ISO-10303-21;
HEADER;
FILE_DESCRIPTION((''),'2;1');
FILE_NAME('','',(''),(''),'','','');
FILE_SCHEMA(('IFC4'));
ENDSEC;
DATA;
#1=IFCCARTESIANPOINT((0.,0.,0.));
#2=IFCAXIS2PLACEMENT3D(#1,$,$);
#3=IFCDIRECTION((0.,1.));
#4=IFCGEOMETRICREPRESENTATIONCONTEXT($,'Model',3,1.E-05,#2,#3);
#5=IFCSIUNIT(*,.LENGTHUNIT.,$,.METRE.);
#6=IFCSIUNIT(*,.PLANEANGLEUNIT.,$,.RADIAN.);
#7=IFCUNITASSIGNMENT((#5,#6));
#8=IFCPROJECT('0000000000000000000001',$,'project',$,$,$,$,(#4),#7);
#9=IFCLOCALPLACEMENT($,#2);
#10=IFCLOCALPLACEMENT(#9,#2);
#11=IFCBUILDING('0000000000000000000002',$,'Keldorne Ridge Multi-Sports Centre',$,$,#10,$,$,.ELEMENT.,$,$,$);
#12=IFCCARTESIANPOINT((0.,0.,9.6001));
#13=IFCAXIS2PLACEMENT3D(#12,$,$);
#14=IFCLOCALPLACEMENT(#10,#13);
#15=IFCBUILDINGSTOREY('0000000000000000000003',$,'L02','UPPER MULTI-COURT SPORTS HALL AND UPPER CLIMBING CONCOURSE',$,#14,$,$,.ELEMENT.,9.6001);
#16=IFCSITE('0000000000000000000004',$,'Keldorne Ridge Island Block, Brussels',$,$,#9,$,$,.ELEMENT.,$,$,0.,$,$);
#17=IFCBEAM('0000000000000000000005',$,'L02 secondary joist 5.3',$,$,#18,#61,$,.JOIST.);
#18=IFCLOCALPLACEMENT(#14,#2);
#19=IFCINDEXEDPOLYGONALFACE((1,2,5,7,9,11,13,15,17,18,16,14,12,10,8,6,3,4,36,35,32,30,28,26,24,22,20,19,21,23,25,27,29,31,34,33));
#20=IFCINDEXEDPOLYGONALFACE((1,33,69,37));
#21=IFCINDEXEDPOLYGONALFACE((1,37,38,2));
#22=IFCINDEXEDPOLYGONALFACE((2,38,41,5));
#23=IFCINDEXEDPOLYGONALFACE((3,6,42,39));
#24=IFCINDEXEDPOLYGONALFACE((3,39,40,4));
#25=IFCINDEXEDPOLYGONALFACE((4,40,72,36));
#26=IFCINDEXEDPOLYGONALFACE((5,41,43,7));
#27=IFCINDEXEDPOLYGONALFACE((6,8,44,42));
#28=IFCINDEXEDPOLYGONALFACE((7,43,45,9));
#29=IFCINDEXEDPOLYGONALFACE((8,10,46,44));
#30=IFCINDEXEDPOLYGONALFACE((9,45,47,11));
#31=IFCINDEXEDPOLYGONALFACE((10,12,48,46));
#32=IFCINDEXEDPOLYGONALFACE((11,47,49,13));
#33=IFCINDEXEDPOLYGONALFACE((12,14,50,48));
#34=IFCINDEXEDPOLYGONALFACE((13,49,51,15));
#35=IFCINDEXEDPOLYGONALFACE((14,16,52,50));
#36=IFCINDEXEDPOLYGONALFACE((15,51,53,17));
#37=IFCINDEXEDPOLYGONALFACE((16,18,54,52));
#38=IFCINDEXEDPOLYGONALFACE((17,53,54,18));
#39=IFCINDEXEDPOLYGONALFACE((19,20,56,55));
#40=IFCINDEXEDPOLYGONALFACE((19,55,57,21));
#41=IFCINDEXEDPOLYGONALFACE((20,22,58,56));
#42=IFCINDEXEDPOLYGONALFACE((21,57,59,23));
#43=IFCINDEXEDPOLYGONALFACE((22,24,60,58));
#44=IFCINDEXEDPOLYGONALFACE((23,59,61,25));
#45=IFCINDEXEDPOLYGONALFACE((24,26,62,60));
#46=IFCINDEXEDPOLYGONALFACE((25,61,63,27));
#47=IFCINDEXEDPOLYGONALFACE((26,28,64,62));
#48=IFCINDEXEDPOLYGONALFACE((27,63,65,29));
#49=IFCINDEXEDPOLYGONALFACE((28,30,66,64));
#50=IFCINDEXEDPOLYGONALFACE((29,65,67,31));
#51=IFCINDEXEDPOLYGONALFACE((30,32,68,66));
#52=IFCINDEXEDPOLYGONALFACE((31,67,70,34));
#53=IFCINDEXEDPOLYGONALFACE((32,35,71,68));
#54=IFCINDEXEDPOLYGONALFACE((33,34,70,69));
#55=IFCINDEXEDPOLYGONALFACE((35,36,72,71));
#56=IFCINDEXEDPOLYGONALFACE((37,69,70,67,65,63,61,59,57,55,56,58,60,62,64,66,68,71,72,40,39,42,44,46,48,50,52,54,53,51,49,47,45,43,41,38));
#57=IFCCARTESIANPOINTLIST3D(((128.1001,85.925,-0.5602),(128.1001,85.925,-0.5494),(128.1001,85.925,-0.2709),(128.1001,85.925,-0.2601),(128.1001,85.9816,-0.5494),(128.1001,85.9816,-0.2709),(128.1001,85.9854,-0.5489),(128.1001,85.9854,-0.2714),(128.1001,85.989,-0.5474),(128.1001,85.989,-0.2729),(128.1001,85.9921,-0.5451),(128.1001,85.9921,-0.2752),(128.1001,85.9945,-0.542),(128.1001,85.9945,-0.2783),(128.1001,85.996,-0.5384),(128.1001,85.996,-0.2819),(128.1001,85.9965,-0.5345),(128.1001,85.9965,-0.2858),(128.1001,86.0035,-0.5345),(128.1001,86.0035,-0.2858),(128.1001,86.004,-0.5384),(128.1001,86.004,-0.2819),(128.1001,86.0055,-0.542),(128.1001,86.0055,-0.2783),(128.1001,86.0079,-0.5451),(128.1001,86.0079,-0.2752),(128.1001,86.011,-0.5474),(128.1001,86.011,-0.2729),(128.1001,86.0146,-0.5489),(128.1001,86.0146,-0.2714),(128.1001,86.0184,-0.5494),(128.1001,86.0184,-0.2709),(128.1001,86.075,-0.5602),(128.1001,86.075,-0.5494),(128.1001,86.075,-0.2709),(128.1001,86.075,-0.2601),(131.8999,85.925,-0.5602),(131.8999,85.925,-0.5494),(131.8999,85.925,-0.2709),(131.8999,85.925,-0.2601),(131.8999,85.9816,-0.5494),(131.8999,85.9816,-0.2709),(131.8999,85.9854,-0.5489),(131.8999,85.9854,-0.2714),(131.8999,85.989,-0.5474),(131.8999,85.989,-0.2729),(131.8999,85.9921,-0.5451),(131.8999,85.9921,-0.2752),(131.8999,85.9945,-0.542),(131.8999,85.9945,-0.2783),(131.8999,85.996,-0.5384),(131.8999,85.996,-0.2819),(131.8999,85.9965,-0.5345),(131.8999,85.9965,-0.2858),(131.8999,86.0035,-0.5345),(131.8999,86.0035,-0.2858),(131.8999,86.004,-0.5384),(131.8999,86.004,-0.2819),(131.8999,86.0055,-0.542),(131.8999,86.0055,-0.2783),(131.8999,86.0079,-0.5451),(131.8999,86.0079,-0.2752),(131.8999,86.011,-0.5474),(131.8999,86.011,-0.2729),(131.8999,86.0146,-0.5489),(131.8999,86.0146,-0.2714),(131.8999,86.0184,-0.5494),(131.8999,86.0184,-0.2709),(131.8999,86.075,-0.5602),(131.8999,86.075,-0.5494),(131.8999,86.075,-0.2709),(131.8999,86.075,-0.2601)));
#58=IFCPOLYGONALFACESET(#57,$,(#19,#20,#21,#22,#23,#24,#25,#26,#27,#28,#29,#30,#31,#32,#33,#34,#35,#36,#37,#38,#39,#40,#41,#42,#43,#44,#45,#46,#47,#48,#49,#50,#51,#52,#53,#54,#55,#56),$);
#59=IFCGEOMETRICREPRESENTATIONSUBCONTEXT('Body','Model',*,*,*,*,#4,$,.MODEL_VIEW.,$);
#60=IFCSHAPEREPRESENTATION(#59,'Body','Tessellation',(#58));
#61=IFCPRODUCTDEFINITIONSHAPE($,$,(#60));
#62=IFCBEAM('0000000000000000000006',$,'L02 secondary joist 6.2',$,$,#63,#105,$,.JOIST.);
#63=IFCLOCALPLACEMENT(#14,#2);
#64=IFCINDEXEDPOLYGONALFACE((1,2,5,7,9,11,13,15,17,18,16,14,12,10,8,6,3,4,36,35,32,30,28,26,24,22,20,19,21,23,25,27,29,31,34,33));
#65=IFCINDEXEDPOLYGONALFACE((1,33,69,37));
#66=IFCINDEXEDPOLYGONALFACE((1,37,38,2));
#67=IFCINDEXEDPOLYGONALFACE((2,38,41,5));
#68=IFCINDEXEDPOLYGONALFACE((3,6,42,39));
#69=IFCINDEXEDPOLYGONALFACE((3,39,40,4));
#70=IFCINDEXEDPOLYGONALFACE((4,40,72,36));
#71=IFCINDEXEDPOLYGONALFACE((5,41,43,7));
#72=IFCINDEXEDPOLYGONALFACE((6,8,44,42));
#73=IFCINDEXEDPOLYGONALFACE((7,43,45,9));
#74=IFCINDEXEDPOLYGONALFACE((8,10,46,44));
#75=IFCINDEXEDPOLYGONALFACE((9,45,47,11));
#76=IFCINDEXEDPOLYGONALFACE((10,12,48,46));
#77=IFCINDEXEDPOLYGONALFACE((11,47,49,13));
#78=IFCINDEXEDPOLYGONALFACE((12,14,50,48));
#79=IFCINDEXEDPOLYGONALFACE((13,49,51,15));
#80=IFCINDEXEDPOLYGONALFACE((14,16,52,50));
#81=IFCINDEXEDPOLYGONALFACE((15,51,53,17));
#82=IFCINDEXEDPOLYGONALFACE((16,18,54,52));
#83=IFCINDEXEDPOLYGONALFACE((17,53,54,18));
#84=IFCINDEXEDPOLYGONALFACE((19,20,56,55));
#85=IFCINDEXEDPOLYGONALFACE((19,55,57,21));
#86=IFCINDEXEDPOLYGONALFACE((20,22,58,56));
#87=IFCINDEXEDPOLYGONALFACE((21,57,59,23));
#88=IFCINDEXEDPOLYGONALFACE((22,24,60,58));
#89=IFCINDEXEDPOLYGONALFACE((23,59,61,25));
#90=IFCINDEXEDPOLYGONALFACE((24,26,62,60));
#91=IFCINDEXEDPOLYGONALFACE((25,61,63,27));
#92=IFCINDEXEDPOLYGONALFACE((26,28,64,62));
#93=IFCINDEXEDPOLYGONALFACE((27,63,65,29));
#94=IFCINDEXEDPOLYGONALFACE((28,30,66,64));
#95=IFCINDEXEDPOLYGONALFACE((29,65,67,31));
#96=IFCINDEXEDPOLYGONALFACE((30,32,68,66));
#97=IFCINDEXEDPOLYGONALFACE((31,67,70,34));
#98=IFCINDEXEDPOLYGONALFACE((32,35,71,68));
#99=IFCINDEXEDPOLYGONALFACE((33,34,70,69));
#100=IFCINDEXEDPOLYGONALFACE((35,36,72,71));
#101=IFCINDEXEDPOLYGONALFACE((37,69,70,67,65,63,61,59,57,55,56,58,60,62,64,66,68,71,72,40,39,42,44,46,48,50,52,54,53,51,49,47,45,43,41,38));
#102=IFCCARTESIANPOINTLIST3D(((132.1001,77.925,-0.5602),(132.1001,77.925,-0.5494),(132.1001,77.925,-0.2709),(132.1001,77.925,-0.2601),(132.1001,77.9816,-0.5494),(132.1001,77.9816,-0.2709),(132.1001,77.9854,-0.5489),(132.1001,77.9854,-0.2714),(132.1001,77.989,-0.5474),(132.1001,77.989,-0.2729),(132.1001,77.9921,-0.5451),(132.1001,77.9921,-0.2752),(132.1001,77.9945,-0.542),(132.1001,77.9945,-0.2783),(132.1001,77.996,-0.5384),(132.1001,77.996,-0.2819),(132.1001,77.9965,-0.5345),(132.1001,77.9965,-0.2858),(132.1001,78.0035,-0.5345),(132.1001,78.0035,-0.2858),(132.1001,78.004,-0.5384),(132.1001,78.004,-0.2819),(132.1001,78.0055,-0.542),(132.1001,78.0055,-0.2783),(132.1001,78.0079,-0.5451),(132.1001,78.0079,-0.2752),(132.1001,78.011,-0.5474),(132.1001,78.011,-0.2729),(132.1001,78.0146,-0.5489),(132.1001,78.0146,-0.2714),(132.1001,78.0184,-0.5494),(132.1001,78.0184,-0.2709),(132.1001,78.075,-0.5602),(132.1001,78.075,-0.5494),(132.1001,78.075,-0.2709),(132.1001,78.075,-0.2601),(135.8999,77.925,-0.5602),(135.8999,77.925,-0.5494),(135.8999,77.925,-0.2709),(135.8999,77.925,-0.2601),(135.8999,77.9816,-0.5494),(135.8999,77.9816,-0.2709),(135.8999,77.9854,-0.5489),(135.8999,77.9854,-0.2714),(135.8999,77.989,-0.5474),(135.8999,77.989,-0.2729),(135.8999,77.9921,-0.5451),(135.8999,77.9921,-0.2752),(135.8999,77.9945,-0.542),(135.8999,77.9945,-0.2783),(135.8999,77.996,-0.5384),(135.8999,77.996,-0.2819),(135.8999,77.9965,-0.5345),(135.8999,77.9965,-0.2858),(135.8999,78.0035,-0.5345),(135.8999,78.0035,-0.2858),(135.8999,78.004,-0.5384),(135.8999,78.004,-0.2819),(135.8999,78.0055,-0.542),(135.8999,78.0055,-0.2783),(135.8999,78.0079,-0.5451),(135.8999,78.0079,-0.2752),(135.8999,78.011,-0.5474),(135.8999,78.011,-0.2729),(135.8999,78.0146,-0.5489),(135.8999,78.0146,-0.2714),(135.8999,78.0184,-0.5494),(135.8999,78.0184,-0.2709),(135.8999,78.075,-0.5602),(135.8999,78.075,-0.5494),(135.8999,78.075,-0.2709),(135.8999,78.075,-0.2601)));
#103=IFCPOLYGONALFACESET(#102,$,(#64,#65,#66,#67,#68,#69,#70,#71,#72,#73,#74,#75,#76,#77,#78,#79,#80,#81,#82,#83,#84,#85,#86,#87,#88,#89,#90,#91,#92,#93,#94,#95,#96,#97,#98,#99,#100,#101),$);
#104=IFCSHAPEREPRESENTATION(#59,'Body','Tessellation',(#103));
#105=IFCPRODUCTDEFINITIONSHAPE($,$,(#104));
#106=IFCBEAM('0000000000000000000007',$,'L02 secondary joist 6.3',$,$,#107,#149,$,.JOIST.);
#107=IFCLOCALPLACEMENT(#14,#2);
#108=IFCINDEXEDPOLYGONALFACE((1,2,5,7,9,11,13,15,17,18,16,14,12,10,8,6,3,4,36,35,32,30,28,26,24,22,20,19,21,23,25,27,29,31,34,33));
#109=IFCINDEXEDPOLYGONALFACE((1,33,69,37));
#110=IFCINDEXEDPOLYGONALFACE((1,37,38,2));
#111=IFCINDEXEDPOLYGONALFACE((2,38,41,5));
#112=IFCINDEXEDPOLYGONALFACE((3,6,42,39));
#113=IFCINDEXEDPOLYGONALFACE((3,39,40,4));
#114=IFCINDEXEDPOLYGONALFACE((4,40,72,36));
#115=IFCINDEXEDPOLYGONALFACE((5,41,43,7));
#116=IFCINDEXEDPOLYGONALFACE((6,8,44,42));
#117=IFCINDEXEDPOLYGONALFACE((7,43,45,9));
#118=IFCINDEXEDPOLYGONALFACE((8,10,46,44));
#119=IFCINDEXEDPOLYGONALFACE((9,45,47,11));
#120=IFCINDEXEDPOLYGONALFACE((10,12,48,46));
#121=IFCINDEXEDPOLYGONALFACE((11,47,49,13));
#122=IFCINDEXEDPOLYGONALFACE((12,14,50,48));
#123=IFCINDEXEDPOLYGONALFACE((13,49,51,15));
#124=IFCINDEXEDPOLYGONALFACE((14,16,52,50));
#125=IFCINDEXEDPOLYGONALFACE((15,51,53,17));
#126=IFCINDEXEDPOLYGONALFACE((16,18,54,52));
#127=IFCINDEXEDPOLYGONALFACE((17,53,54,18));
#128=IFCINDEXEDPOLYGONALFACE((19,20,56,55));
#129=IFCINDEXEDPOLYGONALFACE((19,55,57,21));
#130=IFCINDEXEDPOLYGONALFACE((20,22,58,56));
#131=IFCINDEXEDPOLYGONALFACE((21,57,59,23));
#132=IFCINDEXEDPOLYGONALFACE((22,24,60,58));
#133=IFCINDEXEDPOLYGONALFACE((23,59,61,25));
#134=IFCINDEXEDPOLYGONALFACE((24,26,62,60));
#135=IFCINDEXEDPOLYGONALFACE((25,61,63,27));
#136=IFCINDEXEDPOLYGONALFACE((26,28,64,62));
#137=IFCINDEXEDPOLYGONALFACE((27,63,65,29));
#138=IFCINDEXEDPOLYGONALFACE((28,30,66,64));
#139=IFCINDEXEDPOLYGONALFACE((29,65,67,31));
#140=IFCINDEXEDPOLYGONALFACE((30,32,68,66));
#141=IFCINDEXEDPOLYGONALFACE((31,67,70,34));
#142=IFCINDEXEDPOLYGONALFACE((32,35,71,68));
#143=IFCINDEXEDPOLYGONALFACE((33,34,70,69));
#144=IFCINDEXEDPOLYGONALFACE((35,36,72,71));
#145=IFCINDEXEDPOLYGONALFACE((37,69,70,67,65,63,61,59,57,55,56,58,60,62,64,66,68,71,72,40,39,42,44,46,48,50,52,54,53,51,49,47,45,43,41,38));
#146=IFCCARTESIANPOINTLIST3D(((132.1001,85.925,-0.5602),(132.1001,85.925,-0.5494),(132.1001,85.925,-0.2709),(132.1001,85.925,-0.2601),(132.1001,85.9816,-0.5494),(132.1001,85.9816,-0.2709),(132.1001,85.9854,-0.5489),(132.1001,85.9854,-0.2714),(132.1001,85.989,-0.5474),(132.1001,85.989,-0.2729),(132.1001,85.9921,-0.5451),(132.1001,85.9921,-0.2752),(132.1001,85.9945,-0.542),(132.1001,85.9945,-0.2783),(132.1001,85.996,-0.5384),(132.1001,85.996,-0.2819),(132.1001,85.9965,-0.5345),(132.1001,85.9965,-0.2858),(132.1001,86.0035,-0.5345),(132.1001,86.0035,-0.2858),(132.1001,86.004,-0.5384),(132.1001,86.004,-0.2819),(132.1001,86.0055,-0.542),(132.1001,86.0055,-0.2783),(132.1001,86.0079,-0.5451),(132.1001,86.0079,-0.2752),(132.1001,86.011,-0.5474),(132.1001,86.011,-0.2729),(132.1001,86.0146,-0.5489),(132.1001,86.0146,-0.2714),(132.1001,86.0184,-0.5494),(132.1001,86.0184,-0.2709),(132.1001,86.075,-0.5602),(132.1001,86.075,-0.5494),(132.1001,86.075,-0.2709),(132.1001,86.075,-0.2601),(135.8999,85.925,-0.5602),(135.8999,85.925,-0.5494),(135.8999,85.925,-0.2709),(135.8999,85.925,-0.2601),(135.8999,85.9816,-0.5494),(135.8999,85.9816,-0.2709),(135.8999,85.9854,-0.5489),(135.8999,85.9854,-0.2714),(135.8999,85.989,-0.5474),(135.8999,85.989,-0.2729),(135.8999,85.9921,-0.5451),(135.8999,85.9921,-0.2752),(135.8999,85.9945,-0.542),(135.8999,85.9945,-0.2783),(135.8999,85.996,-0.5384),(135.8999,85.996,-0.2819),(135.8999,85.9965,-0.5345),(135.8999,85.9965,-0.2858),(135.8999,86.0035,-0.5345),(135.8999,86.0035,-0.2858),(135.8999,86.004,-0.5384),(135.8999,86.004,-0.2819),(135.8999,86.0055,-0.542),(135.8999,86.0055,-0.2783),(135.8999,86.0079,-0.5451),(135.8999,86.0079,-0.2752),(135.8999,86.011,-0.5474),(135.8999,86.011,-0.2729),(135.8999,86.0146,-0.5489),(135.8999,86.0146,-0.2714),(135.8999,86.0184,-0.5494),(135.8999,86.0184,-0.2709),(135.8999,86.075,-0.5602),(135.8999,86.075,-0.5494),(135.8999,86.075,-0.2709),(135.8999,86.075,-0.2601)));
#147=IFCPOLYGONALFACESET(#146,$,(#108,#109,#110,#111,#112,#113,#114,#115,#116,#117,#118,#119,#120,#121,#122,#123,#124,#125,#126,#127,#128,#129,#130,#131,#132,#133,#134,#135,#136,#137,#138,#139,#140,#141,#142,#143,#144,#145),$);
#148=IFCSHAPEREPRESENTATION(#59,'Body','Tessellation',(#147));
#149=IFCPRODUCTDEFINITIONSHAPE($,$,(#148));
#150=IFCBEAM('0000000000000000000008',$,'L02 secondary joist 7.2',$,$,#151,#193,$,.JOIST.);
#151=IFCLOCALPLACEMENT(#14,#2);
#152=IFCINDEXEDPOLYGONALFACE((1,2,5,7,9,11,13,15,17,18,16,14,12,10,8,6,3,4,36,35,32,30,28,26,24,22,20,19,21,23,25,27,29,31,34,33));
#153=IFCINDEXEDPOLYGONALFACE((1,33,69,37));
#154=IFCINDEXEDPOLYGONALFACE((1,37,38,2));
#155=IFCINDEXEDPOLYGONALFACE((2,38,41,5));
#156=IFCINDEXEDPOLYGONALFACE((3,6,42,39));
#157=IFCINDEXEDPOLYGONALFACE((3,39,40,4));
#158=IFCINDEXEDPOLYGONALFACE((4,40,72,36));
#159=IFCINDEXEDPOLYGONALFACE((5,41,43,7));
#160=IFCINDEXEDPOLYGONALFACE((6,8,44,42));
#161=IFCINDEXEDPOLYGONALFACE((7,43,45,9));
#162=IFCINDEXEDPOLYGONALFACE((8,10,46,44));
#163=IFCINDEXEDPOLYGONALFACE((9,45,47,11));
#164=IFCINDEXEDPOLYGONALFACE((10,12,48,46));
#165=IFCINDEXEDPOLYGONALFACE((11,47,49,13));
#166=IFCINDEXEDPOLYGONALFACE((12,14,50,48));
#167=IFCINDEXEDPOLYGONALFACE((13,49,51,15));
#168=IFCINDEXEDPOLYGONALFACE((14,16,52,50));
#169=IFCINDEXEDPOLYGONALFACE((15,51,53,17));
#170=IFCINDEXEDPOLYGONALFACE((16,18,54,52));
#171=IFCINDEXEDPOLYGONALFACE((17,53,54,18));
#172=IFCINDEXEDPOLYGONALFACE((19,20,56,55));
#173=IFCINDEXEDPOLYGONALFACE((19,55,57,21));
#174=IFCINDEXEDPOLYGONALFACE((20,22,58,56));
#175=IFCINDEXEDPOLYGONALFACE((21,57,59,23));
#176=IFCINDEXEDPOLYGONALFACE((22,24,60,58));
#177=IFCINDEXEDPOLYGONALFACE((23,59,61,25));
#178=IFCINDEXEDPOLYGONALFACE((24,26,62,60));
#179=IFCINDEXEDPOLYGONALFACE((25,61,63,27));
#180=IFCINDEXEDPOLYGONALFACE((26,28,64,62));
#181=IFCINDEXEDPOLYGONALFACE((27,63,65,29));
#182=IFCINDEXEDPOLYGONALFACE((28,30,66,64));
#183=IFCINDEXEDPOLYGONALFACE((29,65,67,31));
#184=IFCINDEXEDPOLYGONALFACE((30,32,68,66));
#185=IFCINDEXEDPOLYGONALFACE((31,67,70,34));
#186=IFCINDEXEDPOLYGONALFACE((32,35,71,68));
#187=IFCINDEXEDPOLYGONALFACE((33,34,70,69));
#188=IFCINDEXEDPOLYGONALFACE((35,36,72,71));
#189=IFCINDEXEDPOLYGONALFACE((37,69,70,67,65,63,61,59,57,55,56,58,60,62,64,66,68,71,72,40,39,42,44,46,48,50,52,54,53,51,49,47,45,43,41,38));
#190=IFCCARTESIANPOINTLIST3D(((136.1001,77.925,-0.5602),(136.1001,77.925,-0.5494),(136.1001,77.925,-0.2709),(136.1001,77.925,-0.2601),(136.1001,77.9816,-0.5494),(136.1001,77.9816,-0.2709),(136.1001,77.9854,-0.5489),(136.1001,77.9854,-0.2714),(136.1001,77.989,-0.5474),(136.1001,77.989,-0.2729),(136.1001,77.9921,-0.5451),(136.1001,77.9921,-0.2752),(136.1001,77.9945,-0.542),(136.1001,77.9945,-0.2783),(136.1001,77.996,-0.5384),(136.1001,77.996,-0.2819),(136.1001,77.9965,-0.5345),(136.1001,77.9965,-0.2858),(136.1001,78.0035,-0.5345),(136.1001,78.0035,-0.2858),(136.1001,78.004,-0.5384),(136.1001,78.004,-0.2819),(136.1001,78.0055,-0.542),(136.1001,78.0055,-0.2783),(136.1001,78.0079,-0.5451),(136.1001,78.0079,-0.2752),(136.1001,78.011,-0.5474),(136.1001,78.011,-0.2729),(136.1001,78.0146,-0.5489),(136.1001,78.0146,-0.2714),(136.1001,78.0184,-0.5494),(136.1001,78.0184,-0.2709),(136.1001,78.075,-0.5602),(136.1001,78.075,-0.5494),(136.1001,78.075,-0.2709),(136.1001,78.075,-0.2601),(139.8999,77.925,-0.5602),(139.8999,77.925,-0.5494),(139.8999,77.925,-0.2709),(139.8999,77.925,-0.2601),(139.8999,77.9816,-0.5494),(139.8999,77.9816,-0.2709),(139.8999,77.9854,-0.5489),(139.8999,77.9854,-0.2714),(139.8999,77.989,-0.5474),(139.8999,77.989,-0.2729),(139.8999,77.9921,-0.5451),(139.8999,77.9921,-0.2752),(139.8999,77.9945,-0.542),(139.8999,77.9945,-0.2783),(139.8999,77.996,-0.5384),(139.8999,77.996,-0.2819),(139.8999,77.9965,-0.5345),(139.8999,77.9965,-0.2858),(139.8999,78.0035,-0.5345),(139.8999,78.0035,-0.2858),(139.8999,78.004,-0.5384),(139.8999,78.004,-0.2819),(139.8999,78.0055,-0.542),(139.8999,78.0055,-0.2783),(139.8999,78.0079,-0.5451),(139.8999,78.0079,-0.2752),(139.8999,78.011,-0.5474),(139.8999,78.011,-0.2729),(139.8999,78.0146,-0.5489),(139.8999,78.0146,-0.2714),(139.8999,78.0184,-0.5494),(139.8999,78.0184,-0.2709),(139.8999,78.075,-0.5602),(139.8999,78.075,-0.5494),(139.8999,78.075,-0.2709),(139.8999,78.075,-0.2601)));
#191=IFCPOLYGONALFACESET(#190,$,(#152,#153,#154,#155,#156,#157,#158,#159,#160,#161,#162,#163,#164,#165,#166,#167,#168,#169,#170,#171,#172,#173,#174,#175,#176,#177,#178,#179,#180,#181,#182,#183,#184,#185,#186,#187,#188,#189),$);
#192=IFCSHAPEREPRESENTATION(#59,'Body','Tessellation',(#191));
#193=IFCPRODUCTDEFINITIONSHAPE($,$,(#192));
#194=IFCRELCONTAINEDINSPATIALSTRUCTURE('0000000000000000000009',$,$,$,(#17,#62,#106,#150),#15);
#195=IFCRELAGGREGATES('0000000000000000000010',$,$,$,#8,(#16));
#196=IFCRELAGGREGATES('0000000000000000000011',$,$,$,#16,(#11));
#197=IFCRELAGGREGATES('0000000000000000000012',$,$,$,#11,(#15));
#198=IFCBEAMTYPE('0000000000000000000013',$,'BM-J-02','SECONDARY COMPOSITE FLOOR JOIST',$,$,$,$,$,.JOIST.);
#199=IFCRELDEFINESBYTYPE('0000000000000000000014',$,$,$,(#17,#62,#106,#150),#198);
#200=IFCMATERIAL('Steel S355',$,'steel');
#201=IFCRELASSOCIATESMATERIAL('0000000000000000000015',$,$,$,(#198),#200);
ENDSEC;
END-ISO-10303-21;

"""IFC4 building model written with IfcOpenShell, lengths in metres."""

from ifc_helpers import new_model, si_unit, direction, frame, origin, origin_2d, place, context, subcontext, project, spatial, i_section, extrude, material, material_profile, profile_set, type_object, element, save


model = new_model("IFC4")

# Units and contexts
model_context = context("Model", 3, precision=1e-05, world=origin(), true_north=direction((0.0, 1.0)))
body_context = subcontext(model_context, "Body", "Model", "MODEL_VIEW")
ifc_project = project(units=[si_unit("LENGTHUNIT", "METRE"), si_unit("PLANEANGLEUNIT", "RADIAN")], contexts=[model_context])

# Site, building, storey
site_placement = place(None, origin())
site = spatial("IfcSite", under=ifc_project, at=site_placement, Name="Keldorne Ridge Island Block, Brussels", CompositionType="ELEMENT", RefElevation=0.0)
building_placement = place(site_placement, origin())
building = spatial("IfcBuilding", under=site, at=building_placement, Name="Keldorne Ridge Multi-Sports Centre", CompositionType="ELEMENT")
storey_placement = place(building_placement, frame((0.0, 0.0, 9.6001)))
storey = spatial("IfcBuildingStorey", under=building, at=storey_placement, Name="L02", Description="UPPER MULTI-COURT SPORTS HALL AND UPPER CLIMBING CONCOURSE", CompositionType="ELEMENT", Elevation=9.6001)

# Shared definitions
ifc_material = material(Name="Steel S355", Category="steel")

# Beams
ifc_material_profile_1 = material_profile(ifc_material, i_section(OverallWidth=0.1499, OverallDepth=0.3, WebThickness=0.0071, FlangeThickness=0.0107, FilletRadius=0.0149, at=origin_2d()), Name="IPE 300")
ifc_profile_set_1 = profile_set([ifc_material_profile_1], Name="Steel S355")
beam_type_1 = type_object("IfcBeamType", Name="BM-J-02", Description="SECONDARY COMPOSITE FLOOR JOIST", PredefinedType="JOIST", material=ifc_profile_set_1)
for number, where, z_axis, x_axis, name in (
    (1, (128.1001, 86.0, -0.4102), (1.0, 0.0, 0.0), (0.0, 1.0, 0.0), "L02 secondary joist 5.3"),
    (2, (132.1001, 78.0, -0.4102), (1.0, 0.0, 0.0), (0.0, 1.0, 0.0), "L02 secondary joist 6.2"),
    (3, (132.1001, 86.0, -0.4102), (1.0, 0.0, 0.0), (0.0, 1.0, 0.0), "L02 secondary joist 6.3"),
    (4, (136.1001, 78.0, -0.4102), (1.0, 0.0, 0.0), (0.0, 1.0, 0.0), "L02 secondary joist 7.2"),
):
    element("IfcBeam", number, at=place(storey_placement, frame(where, z_axis=z_axis, x_axis=x_axis)), inside=storey, type_object=beam_type_1, Name=name, PredefinedType="JOIST", context=body_context, shape_type="SweptSolid", body=[
        extrude(i_section(OverallWidth=0.1499, OverallDepth=0.3, WebThickness=0.0071, FlangeThickness=0.0107, FilletRadius=0.0149, at=origin_2d()), origin(), (0.0, 0.0, 1.0), 3.7998),
    ])

save(model, "model.ifc")
